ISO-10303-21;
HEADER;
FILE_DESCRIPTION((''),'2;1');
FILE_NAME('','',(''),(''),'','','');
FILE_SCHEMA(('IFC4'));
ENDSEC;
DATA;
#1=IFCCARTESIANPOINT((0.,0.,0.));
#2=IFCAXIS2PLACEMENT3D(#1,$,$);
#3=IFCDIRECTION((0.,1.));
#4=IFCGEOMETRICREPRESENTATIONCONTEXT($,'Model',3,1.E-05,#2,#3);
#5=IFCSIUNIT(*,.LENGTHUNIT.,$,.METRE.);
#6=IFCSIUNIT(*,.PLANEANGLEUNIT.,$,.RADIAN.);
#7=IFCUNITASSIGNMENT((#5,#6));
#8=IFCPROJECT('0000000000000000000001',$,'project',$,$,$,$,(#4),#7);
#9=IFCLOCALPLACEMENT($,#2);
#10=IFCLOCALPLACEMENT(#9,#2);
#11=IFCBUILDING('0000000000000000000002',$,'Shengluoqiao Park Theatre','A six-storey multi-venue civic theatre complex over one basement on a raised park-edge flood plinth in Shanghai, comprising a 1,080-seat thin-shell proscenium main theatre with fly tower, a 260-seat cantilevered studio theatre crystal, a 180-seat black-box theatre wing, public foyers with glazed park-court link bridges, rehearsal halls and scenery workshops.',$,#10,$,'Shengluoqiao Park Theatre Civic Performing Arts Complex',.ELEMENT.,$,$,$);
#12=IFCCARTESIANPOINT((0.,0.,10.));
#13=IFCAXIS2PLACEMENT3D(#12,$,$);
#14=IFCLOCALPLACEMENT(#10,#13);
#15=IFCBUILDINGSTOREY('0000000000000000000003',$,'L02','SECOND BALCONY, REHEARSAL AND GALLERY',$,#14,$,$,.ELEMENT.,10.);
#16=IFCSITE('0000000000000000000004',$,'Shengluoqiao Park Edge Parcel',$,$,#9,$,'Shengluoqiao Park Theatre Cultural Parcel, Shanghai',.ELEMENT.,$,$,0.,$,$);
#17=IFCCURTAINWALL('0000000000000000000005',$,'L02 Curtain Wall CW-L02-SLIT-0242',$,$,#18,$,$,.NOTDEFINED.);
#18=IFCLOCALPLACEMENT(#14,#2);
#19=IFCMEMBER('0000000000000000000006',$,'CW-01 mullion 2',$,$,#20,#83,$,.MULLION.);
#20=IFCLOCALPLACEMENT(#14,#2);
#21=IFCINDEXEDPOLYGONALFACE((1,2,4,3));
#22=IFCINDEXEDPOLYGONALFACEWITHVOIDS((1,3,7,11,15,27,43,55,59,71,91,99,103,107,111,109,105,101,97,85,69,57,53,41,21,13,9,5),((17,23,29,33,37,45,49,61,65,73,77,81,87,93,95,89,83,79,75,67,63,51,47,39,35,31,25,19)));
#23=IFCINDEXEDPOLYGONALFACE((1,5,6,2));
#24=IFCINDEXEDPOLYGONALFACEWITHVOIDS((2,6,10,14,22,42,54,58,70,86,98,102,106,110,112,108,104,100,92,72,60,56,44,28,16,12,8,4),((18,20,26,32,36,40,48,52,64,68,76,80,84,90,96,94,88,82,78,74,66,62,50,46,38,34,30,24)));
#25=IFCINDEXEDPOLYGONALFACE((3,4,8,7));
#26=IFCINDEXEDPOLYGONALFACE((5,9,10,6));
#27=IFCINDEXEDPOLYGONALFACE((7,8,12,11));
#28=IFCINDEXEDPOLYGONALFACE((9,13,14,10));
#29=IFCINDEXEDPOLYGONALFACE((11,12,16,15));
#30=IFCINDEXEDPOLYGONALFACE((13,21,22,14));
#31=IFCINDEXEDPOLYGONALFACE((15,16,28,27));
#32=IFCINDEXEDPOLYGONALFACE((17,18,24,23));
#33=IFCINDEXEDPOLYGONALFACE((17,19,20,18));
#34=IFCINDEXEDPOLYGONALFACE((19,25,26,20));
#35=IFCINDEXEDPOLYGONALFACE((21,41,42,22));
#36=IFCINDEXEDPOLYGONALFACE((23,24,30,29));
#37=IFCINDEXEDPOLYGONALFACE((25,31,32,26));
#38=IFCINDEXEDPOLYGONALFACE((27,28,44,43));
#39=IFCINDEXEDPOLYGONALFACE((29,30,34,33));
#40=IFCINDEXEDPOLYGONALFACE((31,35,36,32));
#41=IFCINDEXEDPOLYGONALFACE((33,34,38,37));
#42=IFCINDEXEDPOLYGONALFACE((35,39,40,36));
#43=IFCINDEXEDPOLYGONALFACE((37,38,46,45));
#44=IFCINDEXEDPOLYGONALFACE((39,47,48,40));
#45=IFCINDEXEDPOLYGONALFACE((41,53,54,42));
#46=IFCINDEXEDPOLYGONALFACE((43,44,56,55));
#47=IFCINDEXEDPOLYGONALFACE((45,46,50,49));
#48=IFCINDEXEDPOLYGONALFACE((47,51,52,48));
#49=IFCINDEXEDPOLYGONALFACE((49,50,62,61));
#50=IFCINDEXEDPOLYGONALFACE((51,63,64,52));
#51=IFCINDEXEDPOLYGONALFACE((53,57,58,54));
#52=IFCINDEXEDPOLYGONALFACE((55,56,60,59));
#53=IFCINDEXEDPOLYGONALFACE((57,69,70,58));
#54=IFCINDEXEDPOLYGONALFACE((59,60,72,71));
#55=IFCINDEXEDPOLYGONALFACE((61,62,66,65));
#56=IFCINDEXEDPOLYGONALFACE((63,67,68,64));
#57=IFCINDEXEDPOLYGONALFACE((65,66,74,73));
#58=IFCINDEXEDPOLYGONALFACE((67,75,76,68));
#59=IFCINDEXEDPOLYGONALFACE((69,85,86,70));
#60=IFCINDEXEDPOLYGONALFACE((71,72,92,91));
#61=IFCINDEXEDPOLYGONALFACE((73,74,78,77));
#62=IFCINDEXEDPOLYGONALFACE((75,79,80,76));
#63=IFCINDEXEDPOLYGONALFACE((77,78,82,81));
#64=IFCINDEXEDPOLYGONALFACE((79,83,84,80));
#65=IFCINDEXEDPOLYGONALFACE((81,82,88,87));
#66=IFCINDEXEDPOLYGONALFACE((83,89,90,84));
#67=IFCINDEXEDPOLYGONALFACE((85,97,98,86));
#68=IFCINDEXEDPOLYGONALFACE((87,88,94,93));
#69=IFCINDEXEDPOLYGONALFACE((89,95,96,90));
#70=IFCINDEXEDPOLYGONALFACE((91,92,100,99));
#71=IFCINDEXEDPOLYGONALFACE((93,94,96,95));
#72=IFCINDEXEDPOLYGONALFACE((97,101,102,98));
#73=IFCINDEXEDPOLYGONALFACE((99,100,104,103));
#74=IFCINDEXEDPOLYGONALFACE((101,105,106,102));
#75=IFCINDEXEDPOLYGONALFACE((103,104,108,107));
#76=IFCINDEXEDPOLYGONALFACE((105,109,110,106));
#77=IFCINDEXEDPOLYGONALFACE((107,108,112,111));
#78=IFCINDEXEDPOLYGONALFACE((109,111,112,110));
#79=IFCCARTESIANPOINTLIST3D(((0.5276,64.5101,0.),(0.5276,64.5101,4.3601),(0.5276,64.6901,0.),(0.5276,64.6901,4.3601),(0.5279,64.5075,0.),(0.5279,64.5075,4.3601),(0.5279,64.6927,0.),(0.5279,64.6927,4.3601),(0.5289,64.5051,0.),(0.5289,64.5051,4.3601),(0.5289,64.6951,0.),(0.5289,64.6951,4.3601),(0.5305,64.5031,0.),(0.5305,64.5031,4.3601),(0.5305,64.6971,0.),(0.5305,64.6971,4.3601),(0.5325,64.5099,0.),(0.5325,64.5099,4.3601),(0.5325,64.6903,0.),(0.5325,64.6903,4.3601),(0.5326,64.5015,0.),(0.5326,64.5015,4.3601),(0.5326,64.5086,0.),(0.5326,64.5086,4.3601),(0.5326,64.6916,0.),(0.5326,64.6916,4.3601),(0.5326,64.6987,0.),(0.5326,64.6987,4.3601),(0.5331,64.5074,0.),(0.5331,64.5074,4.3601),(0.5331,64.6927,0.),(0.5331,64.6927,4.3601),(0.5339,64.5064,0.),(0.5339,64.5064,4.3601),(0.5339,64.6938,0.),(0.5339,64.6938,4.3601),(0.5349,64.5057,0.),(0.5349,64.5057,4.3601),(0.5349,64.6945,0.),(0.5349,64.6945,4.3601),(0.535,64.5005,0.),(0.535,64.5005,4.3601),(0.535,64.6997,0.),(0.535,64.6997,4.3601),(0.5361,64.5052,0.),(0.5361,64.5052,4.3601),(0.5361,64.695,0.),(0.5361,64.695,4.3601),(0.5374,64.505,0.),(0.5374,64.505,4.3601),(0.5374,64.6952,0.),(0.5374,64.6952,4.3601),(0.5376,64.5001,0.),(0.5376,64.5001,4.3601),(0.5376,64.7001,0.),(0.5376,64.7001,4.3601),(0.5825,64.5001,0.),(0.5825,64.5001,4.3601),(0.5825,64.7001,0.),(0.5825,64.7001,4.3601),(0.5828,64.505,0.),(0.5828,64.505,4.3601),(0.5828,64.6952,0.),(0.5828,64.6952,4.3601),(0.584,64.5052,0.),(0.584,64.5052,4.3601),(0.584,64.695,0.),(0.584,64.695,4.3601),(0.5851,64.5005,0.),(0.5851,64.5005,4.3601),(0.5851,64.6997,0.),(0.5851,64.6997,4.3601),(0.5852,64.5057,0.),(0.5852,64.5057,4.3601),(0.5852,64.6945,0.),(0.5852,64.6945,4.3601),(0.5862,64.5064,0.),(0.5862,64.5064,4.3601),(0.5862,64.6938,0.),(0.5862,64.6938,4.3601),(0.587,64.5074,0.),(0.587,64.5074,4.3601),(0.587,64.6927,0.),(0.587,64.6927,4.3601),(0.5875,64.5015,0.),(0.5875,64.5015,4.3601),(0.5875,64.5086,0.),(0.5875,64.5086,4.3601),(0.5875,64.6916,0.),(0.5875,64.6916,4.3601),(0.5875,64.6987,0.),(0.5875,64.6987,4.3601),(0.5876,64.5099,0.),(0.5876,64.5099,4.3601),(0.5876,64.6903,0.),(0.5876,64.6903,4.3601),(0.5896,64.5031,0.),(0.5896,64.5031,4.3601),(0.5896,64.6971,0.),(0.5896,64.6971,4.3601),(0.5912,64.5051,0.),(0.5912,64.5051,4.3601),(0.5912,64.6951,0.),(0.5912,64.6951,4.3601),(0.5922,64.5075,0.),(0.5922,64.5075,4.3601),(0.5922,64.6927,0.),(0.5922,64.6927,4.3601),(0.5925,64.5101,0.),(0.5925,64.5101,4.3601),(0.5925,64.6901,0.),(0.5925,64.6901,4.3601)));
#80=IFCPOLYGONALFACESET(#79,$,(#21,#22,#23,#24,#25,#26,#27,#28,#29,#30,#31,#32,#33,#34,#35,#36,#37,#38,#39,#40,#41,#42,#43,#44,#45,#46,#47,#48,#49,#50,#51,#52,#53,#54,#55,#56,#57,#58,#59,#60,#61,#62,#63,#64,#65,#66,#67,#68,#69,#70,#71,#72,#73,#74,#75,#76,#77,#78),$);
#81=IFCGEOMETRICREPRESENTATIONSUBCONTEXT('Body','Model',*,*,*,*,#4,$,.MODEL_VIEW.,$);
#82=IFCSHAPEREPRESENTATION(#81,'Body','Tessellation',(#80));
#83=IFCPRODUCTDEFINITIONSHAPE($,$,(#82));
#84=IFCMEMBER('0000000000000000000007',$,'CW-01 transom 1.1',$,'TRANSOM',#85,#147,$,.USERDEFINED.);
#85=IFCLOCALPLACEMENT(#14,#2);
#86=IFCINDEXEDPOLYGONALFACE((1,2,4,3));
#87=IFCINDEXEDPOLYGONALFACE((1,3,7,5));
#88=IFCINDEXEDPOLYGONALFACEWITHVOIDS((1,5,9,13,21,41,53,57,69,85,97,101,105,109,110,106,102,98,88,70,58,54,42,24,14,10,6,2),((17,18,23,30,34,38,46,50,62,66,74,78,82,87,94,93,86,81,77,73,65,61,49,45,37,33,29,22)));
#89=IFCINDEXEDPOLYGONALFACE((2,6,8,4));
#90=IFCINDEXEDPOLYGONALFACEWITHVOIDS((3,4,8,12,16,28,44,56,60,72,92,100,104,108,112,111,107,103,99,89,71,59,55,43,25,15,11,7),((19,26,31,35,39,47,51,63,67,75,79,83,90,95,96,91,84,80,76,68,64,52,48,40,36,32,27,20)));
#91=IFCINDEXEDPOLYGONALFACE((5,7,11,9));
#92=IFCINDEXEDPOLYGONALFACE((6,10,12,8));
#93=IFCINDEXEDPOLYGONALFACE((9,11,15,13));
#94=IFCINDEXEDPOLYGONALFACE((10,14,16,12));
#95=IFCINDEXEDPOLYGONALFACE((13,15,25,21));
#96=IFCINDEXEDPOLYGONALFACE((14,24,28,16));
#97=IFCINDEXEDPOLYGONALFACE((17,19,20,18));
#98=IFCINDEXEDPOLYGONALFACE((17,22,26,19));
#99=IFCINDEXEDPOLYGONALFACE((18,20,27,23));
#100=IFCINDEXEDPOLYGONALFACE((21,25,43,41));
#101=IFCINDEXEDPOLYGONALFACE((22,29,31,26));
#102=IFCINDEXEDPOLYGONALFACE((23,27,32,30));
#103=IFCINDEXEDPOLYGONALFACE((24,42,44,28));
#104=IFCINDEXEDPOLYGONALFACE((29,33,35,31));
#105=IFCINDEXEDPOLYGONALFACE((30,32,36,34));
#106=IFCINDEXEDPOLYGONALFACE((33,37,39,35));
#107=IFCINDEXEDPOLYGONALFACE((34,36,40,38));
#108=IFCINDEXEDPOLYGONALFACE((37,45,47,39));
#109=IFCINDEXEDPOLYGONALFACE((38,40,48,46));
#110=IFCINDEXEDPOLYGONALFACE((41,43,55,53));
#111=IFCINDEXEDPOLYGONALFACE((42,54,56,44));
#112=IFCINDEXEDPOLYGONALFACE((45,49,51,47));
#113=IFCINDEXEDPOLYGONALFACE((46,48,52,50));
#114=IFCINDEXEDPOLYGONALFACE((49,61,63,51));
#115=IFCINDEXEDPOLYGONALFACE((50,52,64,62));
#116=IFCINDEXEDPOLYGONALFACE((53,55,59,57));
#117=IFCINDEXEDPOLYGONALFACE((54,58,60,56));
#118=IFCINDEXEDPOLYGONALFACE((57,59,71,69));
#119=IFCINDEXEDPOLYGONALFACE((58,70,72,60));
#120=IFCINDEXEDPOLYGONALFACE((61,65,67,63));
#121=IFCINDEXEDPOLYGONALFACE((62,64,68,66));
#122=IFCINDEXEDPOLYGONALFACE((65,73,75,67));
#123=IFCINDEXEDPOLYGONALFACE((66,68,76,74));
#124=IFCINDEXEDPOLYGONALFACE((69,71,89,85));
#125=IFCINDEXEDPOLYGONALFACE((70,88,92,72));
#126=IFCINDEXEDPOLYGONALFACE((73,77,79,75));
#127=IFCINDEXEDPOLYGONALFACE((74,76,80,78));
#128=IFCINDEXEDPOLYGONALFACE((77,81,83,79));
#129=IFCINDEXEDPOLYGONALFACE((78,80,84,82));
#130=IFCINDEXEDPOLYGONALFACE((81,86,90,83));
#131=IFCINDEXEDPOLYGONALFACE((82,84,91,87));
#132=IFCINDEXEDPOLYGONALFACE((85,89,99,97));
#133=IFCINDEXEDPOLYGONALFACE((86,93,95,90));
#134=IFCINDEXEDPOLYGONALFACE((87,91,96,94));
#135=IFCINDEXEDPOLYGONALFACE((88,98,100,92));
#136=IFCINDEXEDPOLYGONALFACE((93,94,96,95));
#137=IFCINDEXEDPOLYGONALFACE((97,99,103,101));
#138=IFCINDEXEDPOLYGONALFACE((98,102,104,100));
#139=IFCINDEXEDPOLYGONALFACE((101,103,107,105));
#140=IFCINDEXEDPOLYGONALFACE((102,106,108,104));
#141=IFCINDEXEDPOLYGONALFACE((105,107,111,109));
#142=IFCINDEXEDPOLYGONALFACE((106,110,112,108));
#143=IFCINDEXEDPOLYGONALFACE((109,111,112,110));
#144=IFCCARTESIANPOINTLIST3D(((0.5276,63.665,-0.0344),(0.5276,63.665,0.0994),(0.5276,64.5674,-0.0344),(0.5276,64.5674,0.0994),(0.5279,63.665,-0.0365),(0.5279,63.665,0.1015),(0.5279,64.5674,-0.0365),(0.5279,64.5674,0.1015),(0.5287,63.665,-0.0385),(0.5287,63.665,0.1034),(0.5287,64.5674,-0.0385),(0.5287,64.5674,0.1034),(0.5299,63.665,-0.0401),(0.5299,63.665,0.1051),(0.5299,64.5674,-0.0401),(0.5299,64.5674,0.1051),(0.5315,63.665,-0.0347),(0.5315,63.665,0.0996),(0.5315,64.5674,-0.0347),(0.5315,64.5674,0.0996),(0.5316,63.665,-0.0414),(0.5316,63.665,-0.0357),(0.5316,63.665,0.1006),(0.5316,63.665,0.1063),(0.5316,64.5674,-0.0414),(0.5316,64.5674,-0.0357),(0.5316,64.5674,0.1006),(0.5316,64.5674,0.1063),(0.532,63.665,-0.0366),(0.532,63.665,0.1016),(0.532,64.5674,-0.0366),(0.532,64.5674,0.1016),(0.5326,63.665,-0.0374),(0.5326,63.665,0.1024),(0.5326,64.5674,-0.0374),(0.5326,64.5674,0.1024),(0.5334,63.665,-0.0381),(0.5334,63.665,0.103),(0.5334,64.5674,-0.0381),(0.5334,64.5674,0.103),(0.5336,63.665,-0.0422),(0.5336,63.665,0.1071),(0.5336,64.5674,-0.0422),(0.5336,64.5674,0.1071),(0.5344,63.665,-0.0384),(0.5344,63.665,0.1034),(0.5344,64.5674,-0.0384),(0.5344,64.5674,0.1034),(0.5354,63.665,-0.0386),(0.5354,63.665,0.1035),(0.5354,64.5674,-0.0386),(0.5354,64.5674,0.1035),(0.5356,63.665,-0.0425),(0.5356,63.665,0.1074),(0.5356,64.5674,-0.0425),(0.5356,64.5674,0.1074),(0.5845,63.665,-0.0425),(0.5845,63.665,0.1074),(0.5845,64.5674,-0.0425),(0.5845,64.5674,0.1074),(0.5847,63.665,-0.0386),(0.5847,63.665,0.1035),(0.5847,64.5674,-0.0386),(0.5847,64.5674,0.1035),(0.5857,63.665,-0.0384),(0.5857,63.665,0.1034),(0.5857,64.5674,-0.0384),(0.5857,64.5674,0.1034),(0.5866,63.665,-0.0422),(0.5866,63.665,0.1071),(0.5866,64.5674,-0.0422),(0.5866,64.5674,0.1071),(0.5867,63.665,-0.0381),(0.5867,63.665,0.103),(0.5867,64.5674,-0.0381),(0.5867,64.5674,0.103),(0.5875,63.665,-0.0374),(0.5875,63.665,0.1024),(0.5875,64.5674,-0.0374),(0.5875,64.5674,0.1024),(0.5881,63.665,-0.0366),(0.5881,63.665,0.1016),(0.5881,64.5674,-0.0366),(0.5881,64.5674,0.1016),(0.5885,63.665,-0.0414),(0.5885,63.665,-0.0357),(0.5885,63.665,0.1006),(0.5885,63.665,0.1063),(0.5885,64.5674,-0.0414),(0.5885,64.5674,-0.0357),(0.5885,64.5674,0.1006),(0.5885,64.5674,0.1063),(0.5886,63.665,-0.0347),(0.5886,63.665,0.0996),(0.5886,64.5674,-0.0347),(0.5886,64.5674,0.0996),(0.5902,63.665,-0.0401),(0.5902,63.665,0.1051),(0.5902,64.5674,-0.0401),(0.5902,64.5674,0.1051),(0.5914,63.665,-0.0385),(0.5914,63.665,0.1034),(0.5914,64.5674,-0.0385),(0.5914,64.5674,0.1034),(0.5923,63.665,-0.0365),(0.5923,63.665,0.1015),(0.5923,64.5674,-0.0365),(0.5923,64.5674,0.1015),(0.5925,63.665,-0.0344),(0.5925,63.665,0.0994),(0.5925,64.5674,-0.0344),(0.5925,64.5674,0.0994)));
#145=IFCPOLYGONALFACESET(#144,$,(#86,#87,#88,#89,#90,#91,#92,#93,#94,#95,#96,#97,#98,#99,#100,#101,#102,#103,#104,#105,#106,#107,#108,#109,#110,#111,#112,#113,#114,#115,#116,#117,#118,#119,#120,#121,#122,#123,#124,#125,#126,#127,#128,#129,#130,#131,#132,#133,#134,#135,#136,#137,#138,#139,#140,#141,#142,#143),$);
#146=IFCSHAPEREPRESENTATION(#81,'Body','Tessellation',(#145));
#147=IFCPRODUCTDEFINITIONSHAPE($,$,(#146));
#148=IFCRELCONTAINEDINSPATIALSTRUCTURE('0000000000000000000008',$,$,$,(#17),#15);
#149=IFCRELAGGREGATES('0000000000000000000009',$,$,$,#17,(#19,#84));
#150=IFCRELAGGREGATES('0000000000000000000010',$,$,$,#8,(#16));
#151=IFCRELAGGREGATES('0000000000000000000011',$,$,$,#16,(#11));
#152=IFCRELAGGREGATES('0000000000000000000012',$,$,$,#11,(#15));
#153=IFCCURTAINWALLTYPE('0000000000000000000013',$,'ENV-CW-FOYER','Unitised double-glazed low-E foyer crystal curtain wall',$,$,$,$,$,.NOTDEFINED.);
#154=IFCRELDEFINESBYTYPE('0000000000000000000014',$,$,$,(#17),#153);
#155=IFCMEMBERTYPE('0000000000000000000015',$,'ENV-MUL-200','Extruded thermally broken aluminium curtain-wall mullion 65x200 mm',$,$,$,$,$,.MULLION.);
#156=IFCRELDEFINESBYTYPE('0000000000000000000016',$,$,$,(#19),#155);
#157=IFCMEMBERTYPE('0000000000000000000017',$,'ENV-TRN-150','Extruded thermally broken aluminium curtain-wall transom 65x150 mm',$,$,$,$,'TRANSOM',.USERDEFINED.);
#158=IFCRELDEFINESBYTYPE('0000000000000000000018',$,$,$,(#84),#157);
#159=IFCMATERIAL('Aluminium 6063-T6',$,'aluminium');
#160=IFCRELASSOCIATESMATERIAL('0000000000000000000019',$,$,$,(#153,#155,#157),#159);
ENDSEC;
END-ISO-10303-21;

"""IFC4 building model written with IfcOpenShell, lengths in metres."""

from ifc_helpers import new_model, si_unit, direction, frame, origin, origin_2d, place, context, subcontext, project, spatial, hollow_rectangle, extrude, material, material_profile, profile_set, type_object, element, aggregate, save


model = new_model("IFC4")

# Units and contexts
model_context = context("Model", 3, precision=1e-05, world=origin(), true_north=direction((0.0, 1.0)))
body_context = subcontext(model_context, "Body", "Model", "MODEL_VIEW")
ifc_project = project(units=[si_unit("LENGTHUNIT", "METRE"), si_unit("PLANEANGLEUNIT", "RADIAN")], contexts=[model_context])

# Site, building, storey
site_placement = place(None, origin())
site = spatial("IfcSite", under=ifc_project, at=site_placement, Name="Shengluoqiao Park Edge Parcel", LongName="Shengluoqiao Park Theatre Cultural Parcel, Shanghai", CompositionType="ELEMENT", RefElevation=0.0)
building_placement = place(site_placement, origin())
building = spatial("IfcBuilding", under=site, at=building_placement, Name="Shengluoqiao Park Theatre", Description="A six-storey multi-venue civic theatre complex over one basement on a raised park-edge flood plinth in Shanghai, comprising a 1,080-seat thin-shell proscenium main theatre with fly tower, a 260-seat cantilevered studio theatre crystal, a 180-seat black-box theatre wing, public foyers with glazed park-court link bridges, rehearsal halls and scenery workshops.", LongName="Shengluoqiao Park Theatre Civic Performing Arts Complex", CompositionType="ELEMENT")
storey_placement = place(building_placement, frame((0.0, 0.0, 10.0)))
storey = spatial("IfcBuildingStorey", under=building, at=storey_placement, Name="L02", Description="SECOND BALCONY, REHEARSAL AND GALLERY", CompositionType="ELEMENT", Elevation=10.0)

# Curtain wall, members
ifc_material_1 = material(Name="Aluminium 6063-T6", Category="aluminium")
curtain_wall_type = type_object("IfcCurtainWallType", Name="ENV-CW-FOYER", Description="Unitised double-glazed low-E foyer crystal curtain wall", PredefinedType="NOTDEFINED", material=ifc_material_1)
curtain_wall_placement = place(storey_placement, origin())
curtain_wall = element("IfcCurtainWall", 1, at=curtain_wall_placement, inside=storey, type_object=curtain_wall_type, Name="L02 Curtain Wall CW-L02-SLIT-0242", PredefinedType="NOTDEFINED")
ifc_material_profile_1 = material_profile(ifc_material_1, hollow_rectangle(XDim=0.0649, YDim=0.2, WallThickness=0.0049, InnerFilletRadius=0.0049, OuterFilletRadius=0.01, at=origin_2d()), Name="ALU MULLION 200x65x5")
ifc_profile_set_1 = profile_set([ifc_material_profile_1], Name="Aluminium 6063-T6")
member_type_1 = type_object("IfcMemberType", Name="ENV-MUL-200", Description="Extruded thermally broken aluminium curtain-wall mullion 65x200 mm", PredefinedType="MULLION", material=ifc_profile_set_1)
member_1_placement = place(storey_placement, frame((0.5601, 64.6001, 0.0), z_axis=(0.0, 0.0, 1.0), x_axis=(-1.0, 0.0, 0.0)))
member_1 = element("IfcMember", 2, at=member_1_placement, type_object=member_type_1, Name="CW-01 mullion 2", PredefinedType="MULLION", context=body_context, shape_type="SweptSolid", body=[
    extrude(hollow_rectangle(XDim=0.0649, YDim=0.2, WallThickness=0.0049, InnerFilletRadius=0.0049, OuterFilletRadius=0.01, at=origin_2d()), origin(), (0.0, 0.0, 1.0), 4.3601),
])
ifc_material_profile_2 = material_profile(ifc_material_1, hollow_rectangle(XDim=0.0649, YDim=0.1499, WallThickness=0.0039, InnerFilletRadius=0.0039, OuterFilletRadius=0.0081, at=origin_2d()), Name="ALU TRANSOM 150x65x4")
ifc_profile_set_2 = profile_set([ifc_material_profile_2], Name="Aluminium 6063-T6")
member_type_2 = type_object("IfcMemberType", Name="ENV-TRN-150", Description="Extruded thermally broken aluminium curtain-wall transom 65x150 mm", ElementType="TRANSOM", PredefinedType="USERDEFINED", material=ifc_profile_set_2)
member_2_placement = place(storey_placement, frame((0.5601, 63.665, 0.0325), z_axis=(0.0, 1.0, 0.0), x_axis=(-1.0, 0.0, 0.0)))
member_2 = element("IfcMember", 3, at=member_2_placement, type_object=member_type_2, Name="CW-01 transom 1.1", ObjectType="TRANSOM", PredefinedType="USERDEFINED", context=body_context, shape_type="SweptSolid", body=[
    extrude(hollow_rectangle(XDim=0.0649, YDim=0.1499, WallThickness=0.0039, InnerFilletRadius=0.0039, OuterFilletRadius=0.0081, at=origin_2d()), origin(), (0.0, 0.0, 1.0), 0.9023),
])

aggregate(curtain_wall, [member_1, member_2])

save(model, "model.ifc")
